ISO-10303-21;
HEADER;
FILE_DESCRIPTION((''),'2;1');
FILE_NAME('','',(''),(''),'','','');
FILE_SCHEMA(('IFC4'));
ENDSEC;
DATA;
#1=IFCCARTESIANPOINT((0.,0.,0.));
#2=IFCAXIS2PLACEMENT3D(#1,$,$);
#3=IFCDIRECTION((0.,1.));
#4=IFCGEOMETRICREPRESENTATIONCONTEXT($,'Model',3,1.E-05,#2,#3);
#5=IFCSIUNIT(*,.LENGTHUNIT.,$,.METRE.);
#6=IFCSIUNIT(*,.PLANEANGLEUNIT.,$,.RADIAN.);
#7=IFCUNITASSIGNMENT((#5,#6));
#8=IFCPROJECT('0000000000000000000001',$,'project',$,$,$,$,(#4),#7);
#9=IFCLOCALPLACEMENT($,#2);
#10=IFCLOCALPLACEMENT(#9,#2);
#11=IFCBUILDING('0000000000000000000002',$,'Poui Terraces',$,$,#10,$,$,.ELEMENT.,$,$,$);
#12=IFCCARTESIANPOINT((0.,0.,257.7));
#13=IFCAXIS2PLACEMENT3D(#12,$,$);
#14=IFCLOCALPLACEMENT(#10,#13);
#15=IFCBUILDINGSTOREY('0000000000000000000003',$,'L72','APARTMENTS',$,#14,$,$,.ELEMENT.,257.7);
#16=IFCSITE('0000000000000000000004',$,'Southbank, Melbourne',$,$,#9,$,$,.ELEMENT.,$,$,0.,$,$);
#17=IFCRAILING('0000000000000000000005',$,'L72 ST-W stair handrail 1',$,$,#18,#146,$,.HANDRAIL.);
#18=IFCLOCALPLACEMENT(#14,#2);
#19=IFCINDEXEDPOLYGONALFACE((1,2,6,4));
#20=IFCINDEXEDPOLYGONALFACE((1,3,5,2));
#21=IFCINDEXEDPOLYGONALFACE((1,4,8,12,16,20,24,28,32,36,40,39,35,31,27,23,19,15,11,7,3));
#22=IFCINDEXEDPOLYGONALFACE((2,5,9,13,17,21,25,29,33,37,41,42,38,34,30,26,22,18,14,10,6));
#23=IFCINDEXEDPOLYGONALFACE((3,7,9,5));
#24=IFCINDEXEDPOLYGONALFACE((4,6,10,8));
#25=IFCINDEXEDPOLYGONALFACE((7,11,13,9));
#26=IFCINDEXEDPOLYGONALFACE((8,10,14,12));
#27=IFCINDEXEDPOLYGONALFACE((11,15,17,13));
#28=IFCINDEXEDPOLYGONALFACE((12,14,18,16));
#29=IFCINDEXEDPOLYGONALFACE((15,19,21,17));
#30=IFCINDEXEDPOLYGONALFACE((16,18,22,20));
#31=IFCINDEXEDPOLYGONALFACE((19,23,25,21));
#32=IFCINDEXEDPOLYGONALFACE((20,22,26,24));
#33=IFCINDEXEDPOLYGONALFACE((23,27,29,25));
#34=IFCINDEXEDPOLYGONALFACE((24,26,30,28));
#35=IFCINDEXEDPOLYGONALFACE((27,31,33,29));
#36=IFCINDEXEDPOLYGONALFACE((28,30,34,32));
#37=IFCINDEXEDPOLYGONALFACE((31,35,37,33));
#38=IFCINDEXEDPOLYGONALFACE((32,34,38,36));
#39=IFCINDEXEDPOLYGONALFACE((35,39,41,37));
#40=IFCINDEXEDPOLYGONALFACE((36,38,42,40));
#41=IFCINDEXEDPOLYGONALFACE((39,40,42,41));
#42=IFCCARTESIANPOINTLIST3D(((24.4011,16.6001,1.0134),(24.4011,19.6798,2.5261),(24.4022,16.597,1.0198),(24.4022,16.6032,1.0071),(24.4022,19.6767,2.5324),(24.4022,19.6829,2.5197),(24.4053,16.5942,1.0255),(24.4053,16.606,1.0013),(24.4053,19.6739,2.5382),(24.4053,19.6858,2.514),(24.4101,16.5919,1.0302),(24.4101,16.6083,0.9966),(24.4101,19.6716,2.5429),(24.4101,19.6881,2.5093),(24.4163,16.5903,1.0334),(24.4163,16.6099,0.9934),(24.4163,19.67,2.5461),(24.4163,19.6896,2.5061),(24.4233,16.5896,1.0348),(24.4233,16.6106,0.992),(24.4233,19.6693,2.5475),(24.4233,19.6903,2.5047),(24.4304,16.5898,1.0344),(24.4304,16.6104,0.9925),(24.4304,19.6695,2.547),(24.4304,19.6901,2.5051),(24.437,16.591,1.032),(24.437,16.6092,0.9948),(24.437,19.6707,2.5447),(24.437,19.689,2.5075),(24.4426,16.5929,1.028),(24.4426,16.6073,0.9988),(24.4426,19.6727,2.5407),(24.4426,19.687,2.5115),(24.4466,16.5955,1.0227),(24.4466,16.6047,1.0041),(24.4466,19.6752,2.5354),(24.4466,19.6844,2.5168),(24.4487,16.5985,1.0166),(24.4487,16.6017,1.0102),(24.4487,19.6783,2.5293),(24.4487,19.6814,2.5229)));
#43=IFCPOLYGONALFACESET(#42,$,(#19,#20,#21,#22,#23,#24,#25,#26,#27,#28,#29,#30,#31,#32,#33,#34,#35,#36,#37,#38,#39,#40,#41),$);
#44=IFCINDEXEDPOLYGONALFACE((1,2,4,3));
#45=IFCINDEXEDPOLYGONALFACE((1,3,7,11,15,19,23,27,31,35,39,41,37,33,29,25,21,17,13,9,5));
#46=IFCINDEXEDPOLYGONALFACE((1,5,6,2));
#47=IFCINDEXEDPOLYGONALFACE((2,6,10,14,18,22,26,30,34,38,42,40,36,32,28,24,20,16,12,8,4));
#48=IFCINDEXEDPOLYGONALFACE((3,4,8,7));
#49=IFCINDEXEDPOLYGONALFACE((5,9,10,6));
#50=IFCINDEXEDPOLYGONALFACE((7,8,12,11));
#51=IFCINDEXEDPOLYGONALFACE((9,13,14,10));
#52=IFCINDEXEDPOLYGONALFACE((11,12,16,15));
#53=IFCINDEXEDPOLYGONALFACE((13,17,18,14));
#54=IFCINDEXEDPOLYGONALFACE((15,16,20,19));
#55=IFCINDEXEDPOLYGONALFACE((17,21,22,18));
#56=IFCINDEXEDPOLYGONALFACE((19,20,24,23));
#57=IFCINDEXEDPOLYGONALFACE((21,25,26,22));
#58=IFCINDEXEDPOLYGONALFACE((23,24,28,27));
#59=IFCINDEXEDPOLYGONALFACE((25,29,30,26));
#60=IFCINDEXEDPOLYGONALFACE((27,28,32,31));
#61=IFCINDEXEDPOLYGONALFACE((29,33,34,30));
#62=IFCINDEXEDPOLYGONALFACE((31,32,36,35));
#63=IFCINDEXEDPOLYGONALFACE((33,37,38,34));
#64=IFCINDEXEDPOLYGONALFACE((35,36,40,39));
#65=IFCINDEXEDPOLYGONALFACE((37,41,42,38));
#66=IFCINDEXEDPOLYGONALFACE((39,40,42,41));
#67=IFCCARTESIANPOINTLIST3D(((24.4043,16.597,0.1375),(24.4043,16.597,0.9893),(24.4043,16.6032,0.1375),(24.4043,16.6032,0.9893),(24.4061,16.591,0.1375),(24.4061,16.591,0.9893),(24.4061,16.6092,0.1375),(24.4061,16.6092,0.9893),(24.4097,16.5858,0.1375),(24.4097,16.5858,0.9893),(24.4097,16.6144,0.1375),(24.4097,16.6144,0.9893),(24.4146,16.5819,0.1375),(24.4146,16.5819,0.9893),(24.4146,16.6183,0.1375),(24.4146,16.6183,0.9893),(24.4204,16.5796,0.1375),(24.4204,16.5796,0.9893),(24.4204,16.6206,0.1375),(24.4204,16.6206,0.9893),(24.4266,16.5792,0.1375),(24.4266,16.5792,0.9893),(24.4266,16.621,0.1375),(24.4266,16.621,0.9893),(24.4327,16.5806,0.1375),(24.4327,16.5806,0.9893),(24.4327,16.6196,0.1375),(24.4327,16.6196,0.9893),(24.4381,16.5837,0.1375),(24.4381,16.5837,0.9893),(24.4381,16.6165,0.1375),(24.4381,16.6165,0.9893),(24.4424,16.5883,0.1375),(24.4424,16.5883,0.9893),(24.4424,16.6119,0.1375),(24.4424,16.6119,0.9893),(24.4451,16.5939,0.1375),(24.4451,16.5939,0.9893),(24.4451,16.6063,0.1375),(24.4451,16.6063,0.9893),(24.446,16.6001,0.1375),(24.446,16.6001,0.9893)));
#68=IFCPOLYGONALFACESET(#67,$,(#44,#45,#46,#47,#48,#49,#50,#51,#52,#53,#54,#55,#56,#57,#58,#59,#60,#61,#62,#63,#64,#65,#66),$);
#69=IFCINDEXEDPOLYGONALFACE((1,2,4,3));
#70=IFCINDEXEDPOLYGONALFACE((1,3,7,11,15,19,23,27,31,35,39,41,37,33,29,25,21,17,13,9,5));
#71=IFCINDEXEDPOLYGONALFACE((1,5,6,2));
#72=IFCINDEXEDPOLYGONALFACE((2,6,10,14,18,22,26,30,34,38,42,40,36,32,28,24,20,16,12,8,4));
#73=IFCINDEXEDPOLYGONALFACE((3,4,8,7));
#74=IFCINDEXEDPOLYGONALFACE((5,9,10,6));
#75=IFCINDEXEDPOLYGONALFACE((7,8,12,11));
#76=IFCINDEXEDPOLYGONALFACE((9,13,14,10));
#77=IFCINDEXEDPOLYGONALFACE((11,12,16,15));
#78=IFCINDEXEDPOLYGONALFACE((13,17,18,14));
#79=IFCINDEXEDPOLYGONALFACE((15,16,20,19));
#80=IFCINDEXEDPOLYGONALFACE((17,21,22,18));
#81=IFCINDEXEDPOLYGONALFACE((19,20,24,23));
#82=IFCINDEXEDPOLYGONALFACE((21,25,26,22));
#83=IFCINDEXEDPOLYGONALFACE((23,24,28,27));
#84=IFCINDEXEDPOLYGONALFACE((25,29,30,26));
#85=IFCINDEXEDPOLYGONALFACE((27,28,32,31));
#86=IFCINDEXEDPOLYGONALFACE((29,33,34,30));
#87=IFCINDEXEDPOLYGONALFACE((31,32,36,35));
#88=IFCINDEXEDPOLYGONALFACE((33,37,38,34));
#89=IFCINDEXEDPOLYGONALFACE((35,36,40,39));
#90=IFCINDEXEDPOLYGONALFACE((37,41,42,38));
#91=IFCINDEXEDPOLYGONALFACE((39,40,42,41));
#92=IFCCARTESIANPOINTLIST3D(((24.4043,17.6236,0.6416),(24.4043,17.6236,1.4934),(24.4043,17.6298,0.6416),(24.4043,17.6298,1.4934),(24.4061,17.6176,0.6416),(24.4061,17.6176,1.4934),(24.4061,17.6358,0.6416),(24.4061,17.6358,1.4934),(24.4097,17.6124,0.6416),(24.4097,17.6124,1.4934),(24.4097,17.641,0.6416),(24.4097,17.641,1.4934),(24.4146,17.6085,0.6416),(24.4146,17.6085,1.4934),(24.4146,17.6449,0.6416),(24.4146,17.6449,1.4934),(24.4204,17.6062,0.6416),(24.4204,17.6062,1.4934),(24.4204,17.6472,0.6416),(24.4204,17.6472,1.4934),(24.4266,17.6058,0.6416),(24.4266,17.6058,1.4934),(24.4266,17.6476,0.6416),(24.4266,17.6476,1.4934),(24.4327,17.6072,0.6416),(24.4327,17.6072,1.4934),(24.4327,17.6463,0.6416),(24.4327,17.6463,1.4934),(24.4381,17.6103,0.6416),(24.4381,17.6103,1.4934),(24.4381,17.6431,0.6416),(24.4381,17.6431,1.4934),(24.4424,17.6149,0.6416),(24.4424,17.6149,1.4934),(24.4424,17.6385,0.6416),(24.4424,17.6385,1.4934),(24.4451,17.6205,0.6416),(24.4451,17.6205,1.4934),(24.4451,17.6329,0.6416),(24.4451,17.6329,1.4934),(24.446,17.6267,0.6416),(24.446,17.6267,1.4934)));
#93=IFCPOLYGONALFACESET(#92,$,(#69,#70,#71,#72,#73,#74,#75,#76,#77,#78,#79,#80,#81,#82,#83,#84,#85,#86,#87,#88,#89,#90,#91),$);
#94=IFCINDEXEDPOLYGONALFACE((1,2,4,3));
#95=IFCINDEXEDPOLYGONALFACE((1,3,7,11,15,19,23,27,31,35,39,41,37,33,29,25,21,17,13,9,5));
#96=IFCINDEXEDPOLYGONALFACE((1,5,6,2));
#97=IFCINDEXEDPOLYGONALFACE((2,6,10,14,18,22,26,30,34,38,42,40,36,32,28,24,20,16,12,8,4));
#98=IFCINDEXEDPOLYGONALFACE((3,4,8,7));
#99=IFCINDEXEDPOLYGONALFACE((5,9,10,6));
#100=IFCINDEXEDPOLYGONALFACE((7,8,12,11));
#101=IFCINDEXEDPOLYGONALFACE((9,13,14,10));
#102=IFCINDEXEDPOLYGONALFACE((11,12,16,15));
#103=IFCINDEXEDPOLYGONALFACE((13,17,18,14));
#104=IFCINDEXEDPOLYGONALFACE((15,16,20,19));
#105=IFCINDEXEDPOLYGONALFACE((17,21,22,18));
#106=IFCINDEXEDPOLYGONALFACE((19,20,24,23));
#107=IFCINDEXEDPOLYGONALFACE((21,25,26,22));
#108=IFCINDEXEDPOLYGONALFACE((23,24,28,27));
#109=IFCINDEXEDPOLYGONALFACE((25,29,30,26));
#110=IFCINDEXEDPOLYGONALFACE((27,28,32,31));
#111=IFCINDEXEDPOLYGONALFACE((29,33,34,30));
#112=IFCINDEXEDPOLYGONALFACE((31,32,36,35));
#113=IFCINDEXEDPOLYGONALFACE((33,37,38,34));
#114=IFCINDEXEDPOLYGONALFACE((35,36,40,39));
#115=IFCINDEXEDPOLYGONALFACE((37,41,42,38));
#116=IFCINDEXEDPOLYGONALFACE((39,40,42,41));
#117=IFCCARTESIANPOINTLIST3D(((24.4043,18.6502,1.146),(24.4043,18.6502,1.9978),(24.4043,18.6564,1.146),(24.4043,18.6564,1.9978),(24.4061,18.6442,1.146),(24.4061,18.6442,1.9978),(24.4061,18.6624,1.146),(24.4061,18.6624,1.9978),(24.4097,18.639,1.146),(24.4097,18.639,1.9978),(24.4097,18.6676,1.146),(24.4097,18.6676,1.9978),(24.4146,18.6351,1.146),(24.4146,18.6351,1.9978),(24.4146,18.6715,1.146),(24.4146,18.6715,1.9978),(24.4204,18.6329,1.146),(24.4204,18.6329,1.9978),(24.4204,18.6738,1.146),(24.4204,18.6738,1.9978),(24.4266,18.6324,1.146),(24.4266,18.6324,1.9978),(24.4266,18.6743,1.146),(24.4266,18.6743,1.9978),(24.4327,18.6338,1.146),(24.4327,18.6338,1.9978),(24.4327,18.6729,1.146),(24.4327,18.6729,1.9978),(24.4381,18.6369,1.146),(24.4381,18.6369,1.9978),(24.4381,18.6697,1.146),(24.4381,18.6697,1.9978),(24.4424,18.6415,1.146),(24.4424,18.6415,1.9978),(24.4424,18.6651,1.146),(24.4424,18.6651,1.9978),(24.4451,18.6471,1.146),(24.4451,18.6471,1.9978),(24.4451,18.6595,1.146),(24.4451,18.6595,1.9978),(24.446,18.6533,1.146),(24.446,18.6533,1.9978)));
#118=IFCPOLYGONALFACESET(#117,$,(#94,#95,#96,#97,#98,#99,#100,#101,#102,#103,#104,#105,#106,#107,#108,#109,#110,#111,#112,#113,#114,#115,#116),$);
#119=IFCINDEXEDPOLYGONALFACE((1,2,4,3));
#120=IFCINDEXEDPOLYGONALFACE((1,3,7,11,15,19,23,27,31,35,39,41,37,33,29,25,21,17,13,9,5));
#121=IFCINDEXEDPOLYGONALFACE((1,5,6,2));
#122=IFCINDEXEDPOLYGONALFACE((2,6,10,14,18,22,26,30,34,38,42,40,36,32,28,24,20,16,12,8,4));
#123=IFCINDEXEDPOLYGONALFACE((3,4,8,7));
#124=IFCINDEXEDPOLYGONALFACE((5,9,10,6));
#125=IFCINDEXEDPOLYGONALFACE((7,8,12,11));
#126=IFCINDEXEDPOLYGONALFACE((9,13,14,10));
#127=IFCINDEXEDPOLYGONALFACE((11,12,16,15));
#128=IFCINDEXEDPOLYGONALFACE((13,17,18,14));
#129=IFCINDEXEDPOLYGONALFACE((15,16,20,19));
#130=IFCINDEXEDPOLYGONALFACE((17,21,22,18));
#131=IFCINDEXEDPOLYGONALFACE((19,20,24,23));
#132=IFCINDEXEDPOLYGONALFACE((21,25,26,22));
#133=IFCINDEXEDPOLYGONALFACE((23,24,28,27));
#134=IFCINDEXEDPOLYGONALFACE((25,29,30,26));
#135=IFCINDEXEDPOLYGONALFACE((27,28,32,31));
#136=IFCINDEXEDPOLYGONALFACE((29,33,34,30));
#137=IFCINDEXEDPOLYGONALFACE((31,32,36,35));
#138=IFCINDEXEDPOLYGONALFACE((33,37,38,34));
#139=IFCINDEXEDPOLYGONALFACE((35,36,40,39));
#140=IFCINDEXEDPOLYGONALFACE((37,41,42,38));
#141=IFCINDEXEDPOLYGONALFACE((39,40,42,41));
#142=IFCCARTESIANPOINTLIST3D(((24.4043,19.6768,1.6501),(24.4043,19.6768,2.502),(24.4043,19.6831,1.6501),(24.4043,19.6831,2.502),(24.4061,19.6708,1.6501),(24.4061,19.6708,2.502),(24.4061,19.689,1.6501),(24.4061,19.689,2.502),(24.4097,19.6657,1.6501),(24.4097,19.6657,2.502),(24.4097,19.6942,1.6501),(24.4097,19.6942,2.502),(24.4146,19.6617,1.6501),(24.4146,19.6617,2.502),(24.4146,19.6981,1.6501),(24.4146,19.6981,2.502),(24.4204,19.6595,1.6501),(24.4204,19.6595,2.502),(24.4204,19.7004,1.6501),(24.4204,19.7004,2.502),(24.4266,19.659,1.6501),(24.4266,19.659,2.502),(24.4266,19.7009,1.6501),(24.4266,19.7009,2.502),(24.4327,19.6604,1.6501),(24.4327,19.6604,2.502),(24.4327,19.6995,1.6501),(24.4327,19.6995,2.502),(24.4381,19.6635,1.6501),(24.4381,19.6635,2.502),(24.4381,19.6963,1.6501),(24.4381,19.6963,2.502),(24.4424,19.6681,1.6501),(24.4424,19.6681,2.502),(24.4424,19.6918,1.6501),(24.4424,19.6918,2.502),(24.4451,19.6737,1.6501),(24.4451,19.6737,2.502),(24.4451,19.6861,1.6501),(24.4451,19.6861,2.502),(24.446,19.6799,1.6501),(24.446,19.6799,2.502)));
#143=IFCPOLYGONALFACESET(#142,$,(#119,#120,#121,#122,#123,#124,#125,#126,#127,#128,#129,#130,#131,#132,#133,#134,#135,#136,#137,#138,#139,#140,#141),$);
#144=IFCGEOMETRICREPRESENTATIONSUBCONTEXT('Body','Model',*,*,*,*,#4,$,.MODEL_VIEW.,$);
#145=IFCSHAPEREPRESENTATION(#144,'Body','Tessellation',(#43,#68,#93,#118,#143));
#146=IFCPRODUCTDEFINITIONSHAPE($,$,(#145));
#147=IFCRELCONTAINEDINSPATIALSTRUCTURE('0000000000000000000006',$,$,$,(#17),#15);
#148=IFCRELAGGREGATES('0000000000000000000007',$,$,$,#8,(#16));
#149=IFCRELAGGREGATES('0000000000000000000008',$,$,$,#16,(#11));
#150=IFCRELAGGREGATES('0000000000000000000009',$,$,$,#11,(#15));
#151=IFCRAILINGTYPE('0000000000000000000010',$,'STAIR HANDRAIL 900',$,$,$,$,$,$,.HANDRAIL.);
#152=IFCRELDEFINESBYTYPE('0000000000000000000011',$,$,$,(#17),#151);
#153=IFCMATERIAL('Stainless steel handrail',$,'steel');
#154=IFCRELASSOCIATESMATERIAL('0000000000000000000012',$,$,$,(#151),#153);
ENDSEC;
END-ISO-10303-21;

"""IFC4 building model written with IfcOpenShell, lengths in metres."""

from ifc_helpers import new_model, si_unit, direction, frame, origin, origin_2d, place, context, subcontext, project, spatial, circle, extrude, material, type_object, element, save


model = new_model("IFC4")

# Units and contexts
model_context = context("Model", 3, precision=1e-05, world=origin(), true_north=direction((0.0, 1.0)))
body_context = subcontext(model_context, "Body", "Model", "MODEL_VIEW")
ifc_project = project(units=[si_unit("LENGTHUNIT", "METRE"), si_unit("PLANEANGLEUNIT", "RADIAN")], contexts=[model_context])

# Site, building, storey
site_placement = place(None, origin())
site = spatial("IfcSite", under=ifc_project, at=site_placement, Name="Southbank, Melbourne", CompositionType="ELEMENT", RefElevation=0.0)
building_placement = place(site_placement, origin())
building = spatial("IfcBuilding", under=site, at=building_placement, Name="Poui Terraces", CompositionType="ELEMENT")
storey_placement = place(building_placement, frame((0.0, 0.0, 257.7)))
storey = spatial("IfcBuildingStorey", under=building, at=storey_placement, Name="L72", Description="APARTMENTS", CompositionType="ELEMENT", Elevation=257.7)

# Railing
ifc_material_1 = material(Name="Stainless steel handrail", Category="steel")
railing_type_1 = type_object("IfcRailingType", Name="STAIR HANDRAIL 900", PredefinedType="HANDRAIL", material=ifc_material_1)
railing_1_placement = place(storey_placement, frame((24.425, 16.6001, 0.1375)))
element("IfcRailing", 1, at=railing_1_placement, inside=storey, type_object=railing_type_1, Name="L72 ST-W stair handrail 1", PredefinedType="HANDRAIL", context=body_context, shape_type="SweptSolid", body=[
    extrude(circle(Radius=0.0239, at=origin_2d()), frame((0.0, 0.0, 0.876), z_axis=(0.0, 0.897578, 0.440856), x_axis=(-1.0, 0.0, 0.0)), (0.0, 0.0, 1.0), 3.4312),
    extrude(circle(Radius=0.021, at=origin_2d()), origin(), (0.0, 0.0, 1.0), 0.8518),
    extrude(circle(Radius=0.021, at=origin_2d()), frame((0.0, 1.0266, 0.5042)), (0.0, 0.0, 1.0), 0.8518),
    extrude(circle(Radius=0.021, at=origin_2d()), frame((0.0, 2.0532, 1.0085)), (0.0, 0.0, 1.0), 0.8518),
    extrude(circle(Radius=0.021, at=origin_2d()), frame((0.0, 3.0798, 1.5127)), (0.0, 0.0, 1.0), 0.8518),
])

save(model, "model.ifc")
